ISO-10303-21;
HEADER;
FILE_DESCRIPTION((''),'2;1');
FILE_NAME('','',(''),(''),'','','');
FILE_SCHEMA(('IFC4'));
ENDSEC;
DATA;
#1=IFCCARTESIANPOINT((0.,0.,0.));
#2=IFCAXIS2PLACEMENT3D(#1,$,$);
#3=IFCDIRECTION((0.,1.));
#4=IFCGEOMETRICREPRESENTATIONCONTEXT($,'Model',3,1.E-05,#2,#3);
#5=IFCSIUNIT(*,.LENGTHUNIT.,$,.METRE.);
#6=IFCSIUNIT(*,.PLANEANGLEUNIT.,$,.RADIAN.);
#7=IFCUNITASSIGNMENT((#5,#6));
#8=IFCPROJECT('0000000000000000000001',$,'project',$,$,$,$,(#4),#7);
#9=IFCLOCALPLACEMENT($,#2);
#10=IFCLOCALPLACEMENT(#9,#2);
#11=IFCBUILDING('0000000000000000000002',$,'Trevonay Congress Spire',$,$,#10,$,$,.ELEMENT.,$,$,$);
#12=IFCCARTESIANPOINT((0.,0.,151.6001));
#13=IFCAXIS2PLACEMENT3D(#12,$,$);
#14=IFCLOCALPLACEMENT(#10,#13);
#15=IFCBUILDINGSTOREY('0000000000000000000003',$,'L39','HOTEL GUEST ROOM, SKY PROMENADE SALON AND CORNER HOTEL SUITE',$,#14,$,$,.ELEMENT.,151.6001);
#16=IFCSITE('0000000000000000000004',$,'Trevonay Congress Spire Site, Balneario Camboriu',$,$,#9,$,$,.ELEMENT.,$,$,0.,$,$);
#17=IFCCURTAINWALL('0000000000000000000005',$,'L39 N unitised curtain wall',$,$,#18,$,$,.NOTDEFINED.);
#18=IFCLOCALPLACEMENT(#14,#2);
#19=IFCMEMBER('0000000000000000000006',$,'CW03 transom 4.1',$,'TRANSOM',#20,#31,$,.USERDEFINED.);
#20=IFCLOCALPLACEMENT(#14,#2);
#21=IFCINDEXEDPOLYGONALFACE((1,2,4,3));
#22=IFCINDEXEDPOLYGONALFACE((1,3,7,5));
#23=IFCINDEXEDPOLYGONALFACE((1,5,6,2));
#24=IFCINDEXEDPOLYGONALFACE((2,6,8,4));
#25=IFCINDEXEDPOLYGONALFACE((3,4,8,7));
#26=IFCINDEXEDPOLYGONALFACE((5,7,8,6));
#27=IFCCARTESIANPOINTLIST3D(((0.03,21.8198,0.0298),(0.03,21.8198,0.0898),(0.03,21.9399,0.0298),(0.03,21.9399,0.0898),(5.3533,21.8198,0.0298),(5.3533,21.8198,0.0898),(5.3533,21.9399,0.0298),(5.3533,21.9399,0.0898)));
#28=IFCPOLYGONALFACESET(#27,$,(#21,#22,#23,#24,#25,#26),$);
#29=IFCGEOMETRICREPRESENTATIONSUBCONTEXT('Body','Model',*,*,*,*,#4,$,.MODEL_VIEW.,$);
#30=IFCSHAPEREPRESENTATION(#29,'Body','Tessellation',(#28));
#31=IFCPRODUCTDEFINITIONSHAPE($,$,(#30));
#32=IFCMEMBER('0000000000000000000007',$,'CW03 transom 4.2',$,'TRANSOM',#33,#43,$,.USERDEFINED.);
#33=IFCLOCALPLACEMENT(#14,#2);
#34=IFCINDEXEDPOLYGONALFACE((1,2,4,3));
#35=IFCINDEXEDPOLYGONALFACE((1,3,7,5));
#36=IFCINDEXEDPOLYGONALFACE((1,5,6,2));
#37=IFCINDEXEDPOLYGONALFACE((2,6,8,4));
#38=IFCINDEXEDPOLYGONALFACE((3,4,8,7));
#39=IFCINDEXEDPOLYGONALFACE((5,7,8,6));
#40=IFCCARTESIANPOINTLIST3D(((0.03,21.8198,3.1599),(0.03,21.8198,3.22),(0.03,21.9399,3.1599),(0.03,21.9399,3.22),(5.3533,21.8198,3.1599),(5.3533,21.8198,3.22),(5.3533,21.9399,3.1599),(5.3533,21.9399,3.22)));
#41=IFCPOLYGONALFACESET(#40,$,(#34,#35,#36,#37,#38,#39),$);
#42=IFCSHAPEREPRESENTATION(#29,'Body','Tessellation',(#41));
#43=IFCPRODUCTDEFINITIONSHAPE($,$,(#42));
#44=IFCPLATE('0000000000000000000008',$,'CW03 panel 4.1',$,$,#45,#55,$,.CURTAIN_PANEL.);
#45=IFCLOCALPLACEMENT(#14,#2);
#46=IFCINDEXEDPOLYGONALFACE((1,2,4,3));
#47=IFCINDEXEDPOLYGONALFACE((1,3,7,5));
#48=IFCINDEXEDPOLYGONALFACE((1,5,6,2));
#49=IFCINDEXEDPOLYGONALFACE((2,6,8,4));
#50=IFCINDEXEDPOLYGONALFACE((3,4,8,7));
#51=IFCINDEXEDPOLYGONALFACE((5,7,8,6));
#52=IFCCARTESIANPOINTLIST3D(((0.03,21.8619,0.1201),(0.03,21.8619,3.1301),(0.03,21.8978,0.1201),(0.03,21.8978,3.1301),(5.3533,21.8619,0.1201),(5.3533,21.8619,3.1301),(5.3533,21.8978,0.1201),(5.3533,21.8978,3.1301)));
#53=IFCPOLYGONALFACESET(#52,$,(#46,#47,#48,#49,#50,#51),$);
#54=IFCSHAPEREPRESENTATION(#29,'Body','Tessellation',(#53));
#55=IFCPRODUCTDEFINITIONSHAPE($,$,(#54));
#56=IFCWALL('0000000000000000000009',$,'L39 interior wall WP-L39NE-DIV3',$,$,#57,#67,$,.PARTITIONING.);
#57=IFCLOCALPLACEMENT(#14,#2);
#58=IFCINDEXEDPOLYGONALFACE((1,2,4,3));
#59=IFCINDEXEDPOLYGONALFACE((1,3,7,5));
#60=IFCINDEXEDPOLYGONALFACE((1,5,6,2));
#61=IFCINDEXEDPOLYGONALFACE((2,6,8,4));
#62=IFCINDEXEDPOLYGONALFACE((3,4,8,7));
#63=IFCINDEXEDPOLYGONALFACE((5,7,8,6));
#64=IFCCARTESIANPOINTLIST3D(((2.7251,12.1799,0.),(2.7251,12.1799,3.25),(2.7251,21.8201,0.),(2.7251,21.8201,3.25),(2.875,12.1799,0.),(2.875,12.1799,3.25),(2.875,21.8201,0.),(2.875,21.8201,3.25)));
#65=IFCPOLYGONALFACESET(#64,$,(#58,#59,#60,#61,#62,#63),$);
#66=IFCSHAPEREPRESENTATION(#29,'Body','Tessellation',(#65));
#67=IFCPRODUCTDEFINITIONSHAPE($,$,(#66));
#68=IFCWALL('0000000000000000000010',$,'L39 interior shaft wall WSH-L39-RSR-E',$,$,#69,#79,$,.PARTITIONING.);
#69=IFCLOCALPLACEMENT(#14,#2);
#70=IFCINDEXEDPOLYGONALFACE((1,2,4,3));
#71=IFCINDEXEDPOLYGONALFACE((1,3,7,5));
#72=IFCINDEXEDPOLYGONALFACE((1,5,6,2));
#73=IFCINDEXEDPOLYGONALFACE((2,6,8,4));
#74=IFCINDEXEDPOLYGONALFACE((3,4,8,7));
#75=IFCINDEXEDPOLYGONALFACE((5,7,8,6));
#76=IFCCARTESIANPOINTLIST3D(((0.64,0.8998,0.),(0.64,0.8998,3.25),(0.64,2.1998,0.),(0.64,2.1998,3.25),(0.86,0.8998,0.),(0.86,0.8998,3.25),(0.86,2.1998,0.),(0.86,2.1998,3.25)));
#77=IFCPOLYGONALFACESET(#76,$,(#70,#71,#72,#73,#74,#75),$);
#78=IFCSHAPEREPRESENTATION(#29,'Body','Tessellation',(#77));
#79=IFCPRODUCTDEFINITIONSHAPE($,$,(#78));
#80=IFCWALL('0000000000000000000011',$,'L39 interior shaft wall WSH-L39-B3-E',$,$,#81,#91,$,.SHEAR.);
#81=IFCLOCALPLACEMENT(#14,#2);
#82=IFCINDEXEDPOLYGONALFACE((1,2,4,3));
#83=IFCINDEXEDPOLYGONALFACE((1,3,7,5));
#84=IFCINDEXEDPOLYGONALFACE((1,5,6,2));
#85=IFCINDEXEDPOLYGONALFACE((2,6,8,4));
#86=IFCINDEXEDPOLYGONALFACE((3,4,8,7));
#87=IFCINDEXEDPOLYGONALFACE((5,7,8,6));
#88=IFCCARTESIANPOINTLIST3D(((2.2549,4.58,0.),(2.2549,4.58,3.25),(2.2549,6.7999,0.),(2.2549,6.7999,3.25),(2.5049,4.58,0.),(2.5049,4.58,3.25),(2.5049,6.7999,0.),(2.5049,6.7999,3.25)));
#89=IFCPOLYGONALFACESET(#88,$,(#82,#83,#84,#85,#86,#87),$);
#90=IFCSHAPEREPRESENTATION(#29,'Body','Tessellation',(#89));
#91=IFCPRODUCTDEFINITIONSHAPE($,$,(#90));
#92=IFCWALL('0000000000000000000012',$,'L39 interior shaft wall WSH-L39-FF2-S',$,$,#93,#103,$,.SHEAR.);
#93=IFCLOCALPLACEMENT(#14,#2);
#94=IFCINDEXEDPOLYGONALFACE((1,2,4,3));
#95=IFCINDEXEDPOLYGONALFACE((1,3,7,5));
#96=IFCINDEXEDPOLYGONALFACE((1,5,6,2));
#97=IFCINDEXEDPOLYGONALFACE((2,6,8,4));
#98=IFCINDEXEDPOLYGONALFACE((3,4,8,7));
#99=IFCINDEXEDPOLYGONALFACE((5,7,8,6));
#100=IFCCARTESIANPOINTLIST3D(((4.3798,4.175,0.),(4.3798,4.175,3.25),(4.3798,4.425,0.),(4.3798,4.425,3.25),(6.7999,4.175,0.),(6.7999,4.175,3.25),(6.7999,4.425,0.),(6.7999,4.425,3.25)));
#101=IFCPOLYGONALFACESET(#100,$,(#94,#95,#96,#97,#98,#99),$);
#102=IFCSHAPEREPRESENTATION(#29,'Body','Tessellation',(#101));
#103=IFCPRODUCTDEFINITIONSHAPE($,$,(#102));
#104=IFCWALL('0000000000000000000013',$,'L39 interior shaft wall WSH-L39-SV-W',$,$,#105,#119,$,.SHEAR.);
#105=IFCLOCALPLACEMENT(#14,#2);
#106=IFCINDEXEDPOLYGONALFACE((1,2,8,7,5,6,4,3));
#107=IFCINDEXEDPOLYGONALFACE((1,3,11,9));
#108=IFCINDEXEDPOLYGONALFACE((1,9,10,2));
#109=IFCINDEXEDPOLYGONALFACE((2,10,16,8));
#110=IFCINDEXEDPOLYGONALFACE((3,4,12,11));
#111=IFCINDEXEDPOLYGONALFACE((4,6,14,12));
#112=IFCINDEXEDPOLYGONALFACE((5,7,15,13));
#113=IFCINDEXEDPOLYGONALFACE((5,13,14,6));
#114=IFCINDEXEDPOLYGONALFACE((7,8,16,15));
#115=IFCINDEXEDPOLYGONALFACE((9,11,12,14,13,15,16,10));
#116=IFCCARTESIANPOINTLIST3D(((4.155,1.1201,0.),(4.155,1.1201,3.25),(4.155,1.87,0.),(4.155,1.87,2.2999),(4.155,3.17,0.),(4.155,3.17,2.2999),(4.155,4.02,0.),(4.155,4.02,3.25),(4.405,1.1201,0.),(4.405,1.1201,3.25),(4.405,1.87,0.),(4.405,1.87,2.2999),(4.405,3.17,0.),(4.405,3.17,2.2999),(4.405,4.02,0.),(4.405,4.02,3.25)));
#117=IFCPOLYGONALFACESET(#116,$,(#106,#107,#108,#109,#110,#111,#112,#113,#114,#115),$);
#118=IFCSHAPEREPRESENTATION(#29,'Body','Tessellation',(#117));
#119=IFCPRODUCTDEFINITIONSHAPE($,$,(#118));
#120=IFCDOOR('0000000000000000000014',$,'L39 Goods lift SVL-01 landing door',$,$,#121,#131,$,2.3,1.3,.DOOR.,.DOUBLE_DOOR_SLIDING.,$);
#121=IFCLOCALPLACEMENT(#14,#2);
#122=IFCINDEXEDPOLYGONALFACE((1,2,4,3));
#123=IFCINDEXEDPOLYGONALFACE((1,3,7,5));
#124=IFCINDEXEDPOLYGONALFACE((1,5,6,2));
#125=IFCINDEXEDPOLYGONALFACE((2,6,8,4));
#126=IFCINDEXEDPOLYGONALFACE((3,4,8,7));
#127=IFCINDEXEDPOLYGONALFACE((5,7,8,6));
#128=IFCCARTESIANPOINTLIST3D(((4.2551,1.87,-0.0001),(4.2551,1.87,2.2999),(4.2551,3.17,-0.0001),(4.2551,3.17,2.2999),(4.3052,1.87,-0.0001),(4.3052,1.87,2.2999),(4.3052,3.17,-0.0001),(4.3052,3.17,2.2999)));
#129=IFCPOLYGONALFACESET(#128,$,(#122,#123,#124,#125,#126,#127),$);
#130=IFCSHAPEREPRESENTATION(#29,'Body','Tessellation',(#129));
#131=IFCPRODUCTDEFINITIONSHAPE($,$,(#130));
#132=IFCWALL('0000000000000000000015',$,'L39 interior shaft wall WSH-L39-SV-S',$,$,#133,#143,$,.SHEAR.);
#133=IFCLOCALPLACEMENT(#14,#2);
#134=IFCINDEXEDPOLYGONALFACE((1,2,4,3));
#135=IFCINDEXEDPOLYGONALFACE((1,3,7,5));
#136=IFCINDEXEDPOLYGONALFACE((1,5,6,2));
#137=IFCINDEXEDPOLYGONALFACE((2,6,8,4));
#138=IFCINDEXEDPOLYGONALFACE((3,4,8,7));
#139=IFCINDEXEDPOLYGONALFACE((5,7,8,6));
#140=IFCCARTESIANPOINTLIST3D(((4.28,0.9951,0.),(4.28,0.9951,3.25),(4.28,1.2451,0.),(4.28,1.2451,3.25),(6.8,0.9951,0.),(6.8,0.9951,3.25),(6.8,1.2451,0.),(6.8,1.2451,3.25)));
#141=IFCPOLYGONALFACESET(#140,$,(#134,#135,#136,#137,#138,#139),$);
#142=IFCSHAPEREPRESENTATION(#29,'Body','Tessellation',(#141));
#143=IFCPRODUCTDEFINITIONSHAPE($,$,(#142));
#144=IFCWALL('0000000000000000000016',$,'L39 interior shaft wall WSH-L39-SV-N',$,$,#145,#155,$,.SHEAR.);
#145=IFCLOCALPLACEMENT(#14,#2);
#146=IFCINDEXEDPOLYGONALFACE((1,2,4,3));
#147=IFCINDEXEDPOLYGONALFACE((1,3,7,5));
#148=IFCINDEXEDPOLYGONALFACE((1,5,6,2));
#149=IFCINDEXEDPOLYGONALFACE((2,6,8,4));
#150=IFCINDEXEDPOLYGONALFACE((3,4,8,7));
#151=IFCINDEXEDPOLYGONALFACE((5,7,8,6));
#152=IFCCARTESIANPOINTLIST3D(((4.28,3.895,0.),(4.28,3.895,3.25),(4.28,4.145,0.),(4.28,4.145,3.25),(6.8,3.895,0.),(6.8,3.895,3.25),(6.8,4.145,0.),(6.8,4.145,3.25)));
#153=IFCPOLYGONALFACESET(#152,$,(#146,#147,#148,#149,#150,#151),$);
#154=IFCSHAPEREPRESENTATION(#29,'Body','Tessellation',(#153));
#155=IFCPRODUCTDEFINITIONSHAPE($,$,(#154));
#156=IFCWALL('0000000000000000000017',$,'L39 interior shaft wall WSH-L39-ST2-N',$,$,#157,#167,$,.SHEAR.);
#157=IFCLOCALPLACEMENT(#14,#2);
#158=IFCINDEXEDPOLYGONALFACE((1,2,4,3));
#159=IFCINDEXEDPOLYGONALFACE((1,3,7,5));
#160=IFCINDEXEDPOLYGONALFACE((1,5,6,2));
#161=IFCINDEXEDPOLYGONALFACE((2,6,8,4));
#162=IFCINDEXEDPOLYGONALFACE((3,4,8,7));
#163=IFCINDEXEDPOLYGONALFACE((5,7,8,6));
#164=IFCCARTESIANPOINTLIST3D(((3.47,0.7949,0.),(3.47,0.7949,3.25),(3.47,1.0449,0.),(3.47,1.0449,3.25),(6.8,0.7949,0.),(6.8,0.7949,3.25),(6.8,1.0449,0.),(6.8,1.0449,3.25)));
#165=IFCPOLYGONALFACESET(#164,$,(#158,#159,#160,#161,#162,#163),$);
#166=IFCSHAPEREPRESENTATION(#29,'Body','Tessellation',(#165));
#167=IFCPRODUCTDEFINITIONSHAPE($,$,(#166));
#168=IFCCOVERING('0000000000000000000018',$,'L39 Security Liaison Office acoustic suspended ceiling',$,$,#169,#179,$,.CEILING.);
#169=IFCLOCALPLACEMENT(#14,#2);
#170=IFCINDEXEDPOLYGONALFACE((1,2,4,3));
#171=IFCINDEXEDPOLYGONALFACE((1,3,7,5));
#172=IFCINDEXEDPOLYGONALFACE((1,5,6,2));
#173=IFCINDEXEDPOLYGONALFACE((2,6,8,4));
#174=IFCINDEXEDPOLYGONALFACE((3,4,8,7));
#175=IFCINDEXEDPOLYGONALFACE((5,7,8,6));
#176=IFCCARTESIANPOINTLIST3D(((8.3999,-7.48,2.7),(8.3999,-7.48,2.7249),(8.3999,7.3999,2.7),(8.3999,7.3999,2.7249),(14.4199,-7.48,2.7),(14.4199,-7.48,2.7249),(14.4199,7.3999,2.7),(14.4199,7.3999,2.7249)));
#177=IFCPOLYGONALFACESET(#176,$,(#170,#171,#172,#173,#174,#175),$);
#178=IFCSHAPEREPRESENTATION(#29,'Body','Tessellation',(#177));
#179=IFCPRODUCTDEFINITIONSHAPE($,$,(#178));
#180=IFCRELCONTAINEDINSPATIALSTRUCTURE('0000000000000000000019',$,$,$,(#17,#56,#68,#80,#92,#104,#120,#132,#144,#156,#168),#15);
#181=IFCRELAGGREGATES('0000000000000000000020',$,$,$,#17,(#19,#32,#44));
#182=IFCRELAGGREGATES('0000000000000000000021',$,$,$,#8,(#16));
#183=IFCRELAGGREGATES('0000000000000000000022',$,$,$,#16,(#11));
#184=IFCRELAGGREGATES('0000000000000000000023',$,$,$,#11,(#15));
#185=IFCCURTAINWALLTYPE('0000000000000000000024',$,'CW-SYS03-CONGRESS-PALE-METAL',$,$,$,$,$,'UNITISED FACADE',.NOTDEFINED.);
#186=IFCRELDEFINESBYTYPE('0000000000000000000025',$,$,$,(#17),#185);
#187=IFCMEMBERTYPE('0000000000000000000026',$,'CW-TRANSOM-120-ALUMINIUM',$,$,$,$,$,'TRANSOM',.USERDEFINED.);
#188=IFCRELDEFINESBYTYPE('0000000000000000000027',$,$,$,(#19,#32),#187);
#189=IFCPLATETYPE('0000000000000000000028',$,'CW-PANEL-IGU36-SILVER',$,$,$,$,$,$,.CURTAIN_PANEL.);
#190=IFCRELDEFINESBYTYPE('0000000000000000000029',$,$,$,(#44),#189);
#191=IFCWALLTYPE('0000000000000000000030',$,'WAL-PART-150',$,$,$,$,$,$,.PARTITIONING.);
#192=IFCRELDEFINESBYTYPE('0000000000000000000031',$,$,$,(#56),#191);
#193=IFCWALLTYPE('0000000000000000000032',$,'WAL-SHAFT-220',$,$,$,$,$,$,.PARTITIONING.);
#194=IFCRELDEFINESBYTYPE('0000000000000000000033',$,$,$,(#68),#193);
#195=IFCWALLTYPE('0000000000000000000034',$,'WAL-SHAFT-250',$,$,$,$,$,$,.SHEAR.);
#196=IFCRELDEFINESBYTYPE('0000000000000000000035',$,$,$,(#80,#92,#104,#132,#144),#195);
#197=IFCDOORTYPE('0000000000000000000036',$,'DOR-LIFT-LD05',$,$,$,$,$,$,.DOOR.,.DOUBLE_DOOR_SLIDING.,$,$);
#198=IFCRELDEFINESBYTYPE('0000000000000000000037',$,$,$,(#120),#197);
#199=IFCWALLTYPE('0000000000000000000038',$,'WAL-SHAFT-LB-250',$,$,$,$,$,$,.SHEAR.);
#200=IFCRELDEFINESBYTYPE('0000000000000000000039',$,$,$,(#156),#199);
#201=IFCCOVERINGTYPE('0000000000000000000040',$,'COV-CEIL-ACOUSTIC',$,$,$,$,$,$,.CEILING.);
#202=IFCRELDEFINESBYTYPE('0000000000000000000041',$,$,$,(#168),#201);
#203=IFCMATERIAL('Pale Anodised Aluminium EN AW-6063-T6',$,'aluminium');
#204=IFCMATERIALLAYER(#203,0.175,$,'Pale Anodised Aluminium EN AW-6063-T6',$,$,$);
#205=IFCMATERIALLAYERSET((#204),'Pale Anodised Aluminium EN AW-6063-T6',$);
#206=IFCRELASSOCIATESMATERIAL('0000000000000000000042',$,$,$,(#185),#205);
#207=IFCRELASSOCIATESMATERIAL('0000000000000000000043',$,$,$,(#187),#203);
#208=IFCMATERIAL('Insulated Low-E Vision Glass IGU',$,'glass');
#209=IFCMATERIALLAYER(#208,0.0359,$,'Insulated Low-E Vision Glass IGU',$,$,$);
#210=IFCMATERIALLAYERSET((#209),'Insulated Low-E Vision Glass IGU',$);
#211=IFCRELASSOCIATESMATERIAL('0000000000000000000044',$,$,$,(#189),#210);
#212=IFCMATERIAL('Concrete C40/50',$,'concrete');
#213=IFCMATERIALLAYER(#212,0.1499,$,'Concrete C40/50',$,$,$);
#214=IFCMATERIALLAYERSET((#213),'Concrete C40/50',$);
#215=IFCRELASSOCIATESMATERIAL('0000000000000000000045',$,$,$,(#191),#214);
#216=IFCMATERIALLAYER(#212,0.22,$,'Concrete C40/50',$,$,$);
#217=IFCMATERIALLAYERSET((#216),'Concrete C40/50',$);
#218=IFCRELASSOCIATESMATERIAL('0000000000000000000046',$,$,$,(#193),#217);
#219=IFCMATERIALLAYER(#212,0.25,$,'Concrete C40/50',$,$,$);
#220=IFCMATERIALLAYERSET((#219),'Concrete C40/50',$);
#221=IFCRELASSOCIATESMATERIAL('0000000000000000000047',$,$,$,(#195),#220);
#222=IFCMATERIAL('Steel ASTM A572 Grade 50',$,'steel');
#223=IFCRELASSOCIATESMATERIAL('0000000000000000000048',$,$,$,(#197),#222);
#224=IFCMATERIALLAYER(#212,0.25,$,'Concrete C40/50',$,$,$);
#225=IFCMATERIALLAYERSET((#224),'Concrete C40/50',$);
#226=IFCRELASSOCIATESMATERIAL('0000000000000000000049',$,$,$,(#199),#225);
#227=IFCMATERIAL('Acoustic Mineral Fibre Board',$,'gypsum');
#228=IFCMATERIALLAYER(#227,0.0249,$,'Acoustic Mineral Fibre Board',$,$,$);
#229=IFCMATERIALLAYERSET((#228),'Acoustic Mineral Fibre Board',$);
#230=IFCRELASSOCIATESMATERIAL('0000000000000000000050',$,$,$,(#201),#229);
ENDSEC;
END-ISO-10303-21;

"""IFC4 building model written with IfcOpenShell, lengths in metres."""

from ifc_helpers import new_model, si_unit, direction, frame, frame_2d, origin, origin_2d, place, context, subcontext, project, spatial, polyline, rectangle, outline, extrude, material, layer, layer_set, material_profile, profile_set, type_object, element, fill, aggregate, save


model = new_model("IFC4")

# Units and contexts
model_context = context("Model", 3, precision=1e-05, world=origin(), true_north=direction((0.0, 1.0)))
body_context = subcontext(model_context, "Body", "Model", "MODEL_VIEW")
ifc_project = project(units=[si_unit("LENGTHUNIT", "METRE"), si_unit("PLANEANGLEUNIT", "RADIAN")], contexts=[model_context])

# Site, building, storey
site_placement = place(None, origin())
site = spatial("IfcSite", under=ifc_project, at=site_placement, Name="Trevonay Congress Spire Site, Balneario Camboriu", CompositionType="ELEMENT", RefElevation=0.0)
building_placement = place(site_placement, origin())
building = spatial("IfcBuilding", under=site, at=building_placement, Name="Trevonay Congress Spire", CompositionType="ELEMENT")
storey_placement = place(building_placement, frame((0.0, 0.0, 151.6001)))
storey = spatial("IfcBuildingStorey", under=building, at=storey_placement, Name="L39", Description="HOTEL GUEST ROOM, SKY PROMENADE SALON AND CORNER HOTEL SUITE", CompositionType="ELEMENT", Elevation=151.6001)

# Shared definitions
ifc_material_1 = material(Name="Steel ASTM A572 Grade 50", Category="steel")

# Curtain wall, members, plate
ifc_material_2 = material(Name="Pale Anodised Aluminium EN AW-6063-T6", Category="aluminium")
ifc_layer_1 = layer(ifc_material_2, 0.175, Name="Pale Anodised Aluminium EN AW-6063-T6")
ifc_layer_set_1 = layer_set([ifc_layer_1], Name="Pale Anodised Aluminium EN AW-6063-T6")
curtain_wall_type = type_object("IfcCurtainWallType", Name="CW-SYS03-CONGRESS-PALE-METAL", ElementType="UNITISED FACADE", PredefinedType="NOTDEFINED", material=ifc_layer_set_1)
curtain_wall_placement = place(storey_placement, origin())
curtain_wall = element("IfcCurtainWall", 1, at=curtain_wall_placement, inside=storey, type_object=curtain_wall_type, Name="L39 N unitised curtain wall", PredefinedType="NOTDEFINED")
ifc_material_profile_1 = material_profile(ifc_material_2, rectangle(XDim=0.1201, YDim=0.0601, at=origin_2d()), Name="CW-TRANSOM-120-ALUMINIUM")
ifc_profile_set_1 = profile_set([ifc_material_profile_1], Name="Pale Anodised Aluminium EN AW-6063-T6")
member_type = type_object("IfcMemberType", Name="CW-TRANSOM-120-ALUMINIUM", ElementType="TRANSOM", PredefinedType="USERDEFINED", material=ifc_profile_set_1)
member_1_placement = place(storey_placement, frame((0.03, 21.8799, 0.0598), z_axis=(1.0, 0.0, 0.0), x_axis=(0.0, 1.0, 0.0)))
member_1 = element("IfcMember", 2, at=member_1_placement, type_object=member_type, Name="CW03 transom 4.1", ObjectType="TRANSOM", PredefinedType="USERDEFINED", context=body_context, shape_type="SweptSolid", body=[
    extrude(rectangle(XDim=0.1201, YDim=0.0601, at=origin_2d()), origin(), (0.0, 0.0, 1.0), 5.3232),
])
member_2_placement = place(storey_placement, frame((0.03, 21.8799, 3.1899), z_axis=(1.0, 0.0, 0.0), x_axis=(0.0, 1.0, 0.0)))
member_2 = element("IfcMember", 3, at=member_2_placement, type_object=member_type, Name="CW03 transom 4.2", ObjectType="TRANSOM", PredefinedType="USERDEFINED", context=body_context, shape_type="SweptSolid", body=[
    extrude(rectangle(XDim=0.1201, YDim=0.0601, at=origin_2d()), origin(), (0.0, 0.0, 1.0), 5.3232),
])
ifc_material_3 = material(Name="Insulated Low-E Vision Glass IGU", Category="glass")
ifc_layer_2 = layer(ifc_material_3, 0.0359, Name="Insulated Low-E Vision Glass IGU")
ifc_layer_set_2 = layer_set([ifc_layer_2], Name="Insulated Low-E Vision Glass IGU")
plate_type = type_object("IfcPlateType", Name="CW-PANEL-IGU36-SILVER", PredefinedType="CURTAIN_PANEL", material=ifc_layer_set_2)
plate_placement = place(storey_placement, frame((2.6917, 21.8799, 0.1201), z_axis=(0.0, 0.0, 1.0), x_axis=(1.0, 0.0, 0.0)))
plate = element("IfcPlate", 4, at=plate_placement, type_object=plate_type, Name="CW03 panel 4.1", PredefinedType="CURTAIN_PANEL", context=body_context, shape_type="SweptSolid", body=[
    extrude(rectangle(XDim=5.3232, YDim=0.0359, at=origin_2d()), origin(), (0.0, 0.0, 1.0), 3.01),
])
aggregate(curtain_wall, [member_1, member_2, plate])

# Walls
ifc_material_4 = material(Name="Concrete C40/50", Category="concrete")
ifc_layer_3 = layer(ifc_material_4, 0.1499, Name="Concrete C40/50")
ifc_layer_set_3 = layer_set([ifc_layer_3], Name="Concrete C40/50")
wall_type_1 = type_object("IfcWallType", Name="WAL-PART-150", PredefinedType="PARTITIONING", material=ifc_layer_set_3)
wall_1_placement = place(storey_placement, frame((2.8, 12.1799, 0.0), z_axis=(0.0, 0.0, 1.0), x_axis=(0.0, 1.0, 0.0)))
element("IfcWall", 5, at=wall_1_placement, inside=storey, type_object=wall_type_1, Name="L39 interior wall WP-L39NE-DIV3", PredefinedType="PARTITIONING", context=body_context, shape_type="SweptSolid", body=[
    extrude(rectangle(XDim=9.6401, YDim=0.1499, at=frame_2d((4.8201, 0.0))), origin(), (0.0, 0.0, 1.0), 3.25),
])
ifc_layer_4 = layer(ifc_material_4, 0.22, Name="Concrete C40/50")
ifc_layer_set_4 = layer_set([ifc_layer_4], Name="Concrete C40/50")
wall_type_2 = type_object("IfcWallType", Name="WAL-SHAFT-220", PredefinedType="PARTITIONING", material=ifc_layer_set_4)
wall_2_placement = place(storey_placement, frame((0.75, 0.8999, 0.0), z_axis=(0.0, 0.0, 1.0), x_axis=(0.0, 1.0, 0.0)))
element("IfcWall", 6, at=wall_2_placement, inside=storey, type_object=wall_type_2, Name="L39 interior shaft wall WSH-L39-RSR-E", PredefinedType="PARTITIONING", context=body_context, shape_type="SweptSolid", body=[
    extrude(rectangle(XDim=1.3, YDim=0.22, at=frame_2d((0.6499, 0.0))), origin(), (0.0, 0.0, 1.0), 3.25),
])
ifc_layer_5 = layer(ifc_material_4, 0.25, Name="Concrete C40/50")
ifc_layer_set_5 = layer_set([ifc_layer_5], Name="Concrete C40/50")
wall_type_3 = type_object("IfcWallType", Name="WAL-SHAFT-250", PredefinedType="SHEAR", material=ifc_layer_set_5)
wall_3_placement = place(storey_placement, frame((2.3799, 4.5801, 0.0), z_axis=(0.0, 0.0, 1.0), x_axis=(0.0, 1.0, 0.0)))
element("IfcWall", 7, at=wall_3_placement, inside=storey, type_object=wall_type_3, Name="L39 interior shaft wall WSH-L39-B3-E", PredefinedType="SHEAR", context=body_context, shape_type="SweptSolid", body=[
    extrude(rectangle(XDim=2.22, YDim=0.25, at=frame_2d((1.1099, 0.0))), origin(), (0.0, 0.0, 1.0), 3.25),
])
wall_4_placement = place(storey_placement, frame((4.3799, 4.3, 0.0), z_axis=(0.0, 0.0, 1.0), x_axis=(1.0, 0.0, 0.0)))
element("IfcWall", 8, at=wall_4_placement, inside=storey, type_object=wall_type_3, Name="L39 interior shaft wall WSH-L39-FF2-S", PredefinedType="SHEAR", context=body_context, shape_type="SweptSolid", body=[
    extrude(rectangle(XDim=2.4202, YDim=0.25, at=frame_2d((1.21, 0.0))), origin(), (0.0, 0.0, 1.0), 3.25),
])

# Wall, opening, door
wall_5_placement = place(storey_placement, frame((4.28, 1.1201, 0.0), z_axis=(0.0, 0.0, 1.0), x_axis=(0.0, 1.0, 0.0)))
wall_5 = element("IfcWall", 9, at=wall_5_placement, inside=storey, type_object=wall_type_3, Name="L39 interior shaft wall WSH-L39-SV-W", PredefinedType="SHEAR", context=body_context, shape_type="SweptSolid", body=[
    extrude(rectangle(XDim=2.8999, YDim=0.25, at=frame_2d((1.45, 0.0))), origin(), (0.0, 0.0, 1.0), 3.25),
])
opening_placement = place(wall_5_placement, frame((0.75, 0.0, 0.0)))
opening = element("IfcOpeningElement", 10, at=opening_placement, cuts=wall_5, PredefinedType="OPENING", context=body_context, shape_type="SweptSolid", body=[
    extrude(rectangle(XDim=1.3, YDim=2.3, at=frame_2d((0.6499, 1.1499))), frame((0.0, 0.135, 0.0), z_axis=(0.0, -1.0, 0.0), x_axis=(1.0, 0.0, 0.0)), (0.0, 0.0, 1.0), 0.27),
])
door_type = type_object("IfcDoorType", Name="DOR-LIFT-LD05", OperationType="DOUBLE_DOOR_SLIDING", PredefinedType="DOOR", material=ifc_material_1)
door_placement = place(opening_placement, origin())
door = element("IfcDoor", 11, at=door_placement, inside=storey, type_object=door_type, Name="L39 Goods lift SVL-01 landing door", OperationType="DOUBLE_DOOR_SLIDING", OverallHeight=2.3, OverallWidth=1.3, PredefinedType="DOOR", context=body_context, shape_type="SweptSolid", body=[
    extrude(rectangle(XDim=1.3, YDim=2.3, at=frame_2d((0.6499, 1.1499))), frame((0.0, 0.0249, 0.0), z_axis=(0.0, -1.0, 0.0), x_axis=(1.0, 0.0, 0.0)), (0.0, 0.0, 1.0), 0.05),
])
fill(opening, door)

# Walls
for number, where, z_axis, x_axis, name in (
    (12, (4.28, 1.1201, 0.0), (0.0, 0.0, 1.0), (1.0, 0.0, 0.0), "L39 interior shaft wall WSH-L39-SV-S"),
    (13, (4.28, 4.02, 0.0), (0.0, 0.0, 1.0), (1.0, 0.0, 0.0), "L39 interior shaft wall WSH-L39-SV-N"),
):
    element("IfcWall", number, at=place(storey_placement, frame(where, z_axis=z_axis, x_axis=x_axis)), inside=storey, type_object=wall_type_3, Name=name, PredefinedType="SHEAR", context=body_context, shape_type="SweptSolid", body=[
        extrude(rectangle(XDim=2.52, YDim=0.25, at=frame_2d((1.26, 0.0))), origin(), (0.0, 0.0, 1.0), 3.25),
    ])
ifc_layer_6 = layer(ifc_material_4, 0.25, Name="Concrete C40/50")
ifc_layer_set_6 = layer_set([ifc_layer_6], Name="Concrete C40/50")
wall_type_4 = type_object("IfcWallType", Name="WAL-SHAFT-LB-250", PredefinedType="SHEAR", material=ifc_layer_set_6)
wall_6_placement = place(storey_placement, frame((3.47, 0.9199, 0.0), z_axis=(0.0, 0.0, 1.0), x_axis=(1.0, 0.0, 0.0)))
element("IfcWall", 14, at=wall_6_placement, inside=storey, type_object=wall_type_4, Name="L39 interior shaft wall WSH-L39-ST2-N", PredefinedType="SHEAR", context=body_context, shape_type="SweptSolid", body=[
    extrude(rectangle(XDim=3.3301, YDim=0.25, at=frame_2d((1.665, 0.0))), origin(), (0.0, 0.0, 1.0), 3.25),
])

# Covering
ifc_material_5 = material(Name="Acoustic Mineral Fibre Board", Category="gypsum")
ifc_layer_7 = layer(ifc_material_5, 0.0249, Name="Acoustic Mineral Fibre Board")
ifc_layer_set_7 = layer_set([ifc_layer_7], Name="Acoustic Mineral Fibre Board")
covering_type_1 = type_object("IfcCoveringType", Name="COV-CEIL-ACOUSTIC", PredefinedType="CEILING", material=ifc_layer_set_7)
covering_1_placement = place(storey_placement, frame((0.0, 0.0, 2.7)))
element("IfcCovering", 15, at=covering_1_placement, inside=storey, type_object=covering_type_1, Name="L39 Security Liaison Office acoustic suspended ceiling", PredefinedType="CEILING", context=body_context, shape_type="SweptSolid", body=[
    extrude(outline(polyline([(8.3999, -7.48), (14.4199, -7.48), (14.4199, 7.3999), (8.3999, 7.3999), (8.3999, -7.48)])), origin(), (0.0, 0.0, 1.0), 0.0249),
])

save(model, "model.ifc")
